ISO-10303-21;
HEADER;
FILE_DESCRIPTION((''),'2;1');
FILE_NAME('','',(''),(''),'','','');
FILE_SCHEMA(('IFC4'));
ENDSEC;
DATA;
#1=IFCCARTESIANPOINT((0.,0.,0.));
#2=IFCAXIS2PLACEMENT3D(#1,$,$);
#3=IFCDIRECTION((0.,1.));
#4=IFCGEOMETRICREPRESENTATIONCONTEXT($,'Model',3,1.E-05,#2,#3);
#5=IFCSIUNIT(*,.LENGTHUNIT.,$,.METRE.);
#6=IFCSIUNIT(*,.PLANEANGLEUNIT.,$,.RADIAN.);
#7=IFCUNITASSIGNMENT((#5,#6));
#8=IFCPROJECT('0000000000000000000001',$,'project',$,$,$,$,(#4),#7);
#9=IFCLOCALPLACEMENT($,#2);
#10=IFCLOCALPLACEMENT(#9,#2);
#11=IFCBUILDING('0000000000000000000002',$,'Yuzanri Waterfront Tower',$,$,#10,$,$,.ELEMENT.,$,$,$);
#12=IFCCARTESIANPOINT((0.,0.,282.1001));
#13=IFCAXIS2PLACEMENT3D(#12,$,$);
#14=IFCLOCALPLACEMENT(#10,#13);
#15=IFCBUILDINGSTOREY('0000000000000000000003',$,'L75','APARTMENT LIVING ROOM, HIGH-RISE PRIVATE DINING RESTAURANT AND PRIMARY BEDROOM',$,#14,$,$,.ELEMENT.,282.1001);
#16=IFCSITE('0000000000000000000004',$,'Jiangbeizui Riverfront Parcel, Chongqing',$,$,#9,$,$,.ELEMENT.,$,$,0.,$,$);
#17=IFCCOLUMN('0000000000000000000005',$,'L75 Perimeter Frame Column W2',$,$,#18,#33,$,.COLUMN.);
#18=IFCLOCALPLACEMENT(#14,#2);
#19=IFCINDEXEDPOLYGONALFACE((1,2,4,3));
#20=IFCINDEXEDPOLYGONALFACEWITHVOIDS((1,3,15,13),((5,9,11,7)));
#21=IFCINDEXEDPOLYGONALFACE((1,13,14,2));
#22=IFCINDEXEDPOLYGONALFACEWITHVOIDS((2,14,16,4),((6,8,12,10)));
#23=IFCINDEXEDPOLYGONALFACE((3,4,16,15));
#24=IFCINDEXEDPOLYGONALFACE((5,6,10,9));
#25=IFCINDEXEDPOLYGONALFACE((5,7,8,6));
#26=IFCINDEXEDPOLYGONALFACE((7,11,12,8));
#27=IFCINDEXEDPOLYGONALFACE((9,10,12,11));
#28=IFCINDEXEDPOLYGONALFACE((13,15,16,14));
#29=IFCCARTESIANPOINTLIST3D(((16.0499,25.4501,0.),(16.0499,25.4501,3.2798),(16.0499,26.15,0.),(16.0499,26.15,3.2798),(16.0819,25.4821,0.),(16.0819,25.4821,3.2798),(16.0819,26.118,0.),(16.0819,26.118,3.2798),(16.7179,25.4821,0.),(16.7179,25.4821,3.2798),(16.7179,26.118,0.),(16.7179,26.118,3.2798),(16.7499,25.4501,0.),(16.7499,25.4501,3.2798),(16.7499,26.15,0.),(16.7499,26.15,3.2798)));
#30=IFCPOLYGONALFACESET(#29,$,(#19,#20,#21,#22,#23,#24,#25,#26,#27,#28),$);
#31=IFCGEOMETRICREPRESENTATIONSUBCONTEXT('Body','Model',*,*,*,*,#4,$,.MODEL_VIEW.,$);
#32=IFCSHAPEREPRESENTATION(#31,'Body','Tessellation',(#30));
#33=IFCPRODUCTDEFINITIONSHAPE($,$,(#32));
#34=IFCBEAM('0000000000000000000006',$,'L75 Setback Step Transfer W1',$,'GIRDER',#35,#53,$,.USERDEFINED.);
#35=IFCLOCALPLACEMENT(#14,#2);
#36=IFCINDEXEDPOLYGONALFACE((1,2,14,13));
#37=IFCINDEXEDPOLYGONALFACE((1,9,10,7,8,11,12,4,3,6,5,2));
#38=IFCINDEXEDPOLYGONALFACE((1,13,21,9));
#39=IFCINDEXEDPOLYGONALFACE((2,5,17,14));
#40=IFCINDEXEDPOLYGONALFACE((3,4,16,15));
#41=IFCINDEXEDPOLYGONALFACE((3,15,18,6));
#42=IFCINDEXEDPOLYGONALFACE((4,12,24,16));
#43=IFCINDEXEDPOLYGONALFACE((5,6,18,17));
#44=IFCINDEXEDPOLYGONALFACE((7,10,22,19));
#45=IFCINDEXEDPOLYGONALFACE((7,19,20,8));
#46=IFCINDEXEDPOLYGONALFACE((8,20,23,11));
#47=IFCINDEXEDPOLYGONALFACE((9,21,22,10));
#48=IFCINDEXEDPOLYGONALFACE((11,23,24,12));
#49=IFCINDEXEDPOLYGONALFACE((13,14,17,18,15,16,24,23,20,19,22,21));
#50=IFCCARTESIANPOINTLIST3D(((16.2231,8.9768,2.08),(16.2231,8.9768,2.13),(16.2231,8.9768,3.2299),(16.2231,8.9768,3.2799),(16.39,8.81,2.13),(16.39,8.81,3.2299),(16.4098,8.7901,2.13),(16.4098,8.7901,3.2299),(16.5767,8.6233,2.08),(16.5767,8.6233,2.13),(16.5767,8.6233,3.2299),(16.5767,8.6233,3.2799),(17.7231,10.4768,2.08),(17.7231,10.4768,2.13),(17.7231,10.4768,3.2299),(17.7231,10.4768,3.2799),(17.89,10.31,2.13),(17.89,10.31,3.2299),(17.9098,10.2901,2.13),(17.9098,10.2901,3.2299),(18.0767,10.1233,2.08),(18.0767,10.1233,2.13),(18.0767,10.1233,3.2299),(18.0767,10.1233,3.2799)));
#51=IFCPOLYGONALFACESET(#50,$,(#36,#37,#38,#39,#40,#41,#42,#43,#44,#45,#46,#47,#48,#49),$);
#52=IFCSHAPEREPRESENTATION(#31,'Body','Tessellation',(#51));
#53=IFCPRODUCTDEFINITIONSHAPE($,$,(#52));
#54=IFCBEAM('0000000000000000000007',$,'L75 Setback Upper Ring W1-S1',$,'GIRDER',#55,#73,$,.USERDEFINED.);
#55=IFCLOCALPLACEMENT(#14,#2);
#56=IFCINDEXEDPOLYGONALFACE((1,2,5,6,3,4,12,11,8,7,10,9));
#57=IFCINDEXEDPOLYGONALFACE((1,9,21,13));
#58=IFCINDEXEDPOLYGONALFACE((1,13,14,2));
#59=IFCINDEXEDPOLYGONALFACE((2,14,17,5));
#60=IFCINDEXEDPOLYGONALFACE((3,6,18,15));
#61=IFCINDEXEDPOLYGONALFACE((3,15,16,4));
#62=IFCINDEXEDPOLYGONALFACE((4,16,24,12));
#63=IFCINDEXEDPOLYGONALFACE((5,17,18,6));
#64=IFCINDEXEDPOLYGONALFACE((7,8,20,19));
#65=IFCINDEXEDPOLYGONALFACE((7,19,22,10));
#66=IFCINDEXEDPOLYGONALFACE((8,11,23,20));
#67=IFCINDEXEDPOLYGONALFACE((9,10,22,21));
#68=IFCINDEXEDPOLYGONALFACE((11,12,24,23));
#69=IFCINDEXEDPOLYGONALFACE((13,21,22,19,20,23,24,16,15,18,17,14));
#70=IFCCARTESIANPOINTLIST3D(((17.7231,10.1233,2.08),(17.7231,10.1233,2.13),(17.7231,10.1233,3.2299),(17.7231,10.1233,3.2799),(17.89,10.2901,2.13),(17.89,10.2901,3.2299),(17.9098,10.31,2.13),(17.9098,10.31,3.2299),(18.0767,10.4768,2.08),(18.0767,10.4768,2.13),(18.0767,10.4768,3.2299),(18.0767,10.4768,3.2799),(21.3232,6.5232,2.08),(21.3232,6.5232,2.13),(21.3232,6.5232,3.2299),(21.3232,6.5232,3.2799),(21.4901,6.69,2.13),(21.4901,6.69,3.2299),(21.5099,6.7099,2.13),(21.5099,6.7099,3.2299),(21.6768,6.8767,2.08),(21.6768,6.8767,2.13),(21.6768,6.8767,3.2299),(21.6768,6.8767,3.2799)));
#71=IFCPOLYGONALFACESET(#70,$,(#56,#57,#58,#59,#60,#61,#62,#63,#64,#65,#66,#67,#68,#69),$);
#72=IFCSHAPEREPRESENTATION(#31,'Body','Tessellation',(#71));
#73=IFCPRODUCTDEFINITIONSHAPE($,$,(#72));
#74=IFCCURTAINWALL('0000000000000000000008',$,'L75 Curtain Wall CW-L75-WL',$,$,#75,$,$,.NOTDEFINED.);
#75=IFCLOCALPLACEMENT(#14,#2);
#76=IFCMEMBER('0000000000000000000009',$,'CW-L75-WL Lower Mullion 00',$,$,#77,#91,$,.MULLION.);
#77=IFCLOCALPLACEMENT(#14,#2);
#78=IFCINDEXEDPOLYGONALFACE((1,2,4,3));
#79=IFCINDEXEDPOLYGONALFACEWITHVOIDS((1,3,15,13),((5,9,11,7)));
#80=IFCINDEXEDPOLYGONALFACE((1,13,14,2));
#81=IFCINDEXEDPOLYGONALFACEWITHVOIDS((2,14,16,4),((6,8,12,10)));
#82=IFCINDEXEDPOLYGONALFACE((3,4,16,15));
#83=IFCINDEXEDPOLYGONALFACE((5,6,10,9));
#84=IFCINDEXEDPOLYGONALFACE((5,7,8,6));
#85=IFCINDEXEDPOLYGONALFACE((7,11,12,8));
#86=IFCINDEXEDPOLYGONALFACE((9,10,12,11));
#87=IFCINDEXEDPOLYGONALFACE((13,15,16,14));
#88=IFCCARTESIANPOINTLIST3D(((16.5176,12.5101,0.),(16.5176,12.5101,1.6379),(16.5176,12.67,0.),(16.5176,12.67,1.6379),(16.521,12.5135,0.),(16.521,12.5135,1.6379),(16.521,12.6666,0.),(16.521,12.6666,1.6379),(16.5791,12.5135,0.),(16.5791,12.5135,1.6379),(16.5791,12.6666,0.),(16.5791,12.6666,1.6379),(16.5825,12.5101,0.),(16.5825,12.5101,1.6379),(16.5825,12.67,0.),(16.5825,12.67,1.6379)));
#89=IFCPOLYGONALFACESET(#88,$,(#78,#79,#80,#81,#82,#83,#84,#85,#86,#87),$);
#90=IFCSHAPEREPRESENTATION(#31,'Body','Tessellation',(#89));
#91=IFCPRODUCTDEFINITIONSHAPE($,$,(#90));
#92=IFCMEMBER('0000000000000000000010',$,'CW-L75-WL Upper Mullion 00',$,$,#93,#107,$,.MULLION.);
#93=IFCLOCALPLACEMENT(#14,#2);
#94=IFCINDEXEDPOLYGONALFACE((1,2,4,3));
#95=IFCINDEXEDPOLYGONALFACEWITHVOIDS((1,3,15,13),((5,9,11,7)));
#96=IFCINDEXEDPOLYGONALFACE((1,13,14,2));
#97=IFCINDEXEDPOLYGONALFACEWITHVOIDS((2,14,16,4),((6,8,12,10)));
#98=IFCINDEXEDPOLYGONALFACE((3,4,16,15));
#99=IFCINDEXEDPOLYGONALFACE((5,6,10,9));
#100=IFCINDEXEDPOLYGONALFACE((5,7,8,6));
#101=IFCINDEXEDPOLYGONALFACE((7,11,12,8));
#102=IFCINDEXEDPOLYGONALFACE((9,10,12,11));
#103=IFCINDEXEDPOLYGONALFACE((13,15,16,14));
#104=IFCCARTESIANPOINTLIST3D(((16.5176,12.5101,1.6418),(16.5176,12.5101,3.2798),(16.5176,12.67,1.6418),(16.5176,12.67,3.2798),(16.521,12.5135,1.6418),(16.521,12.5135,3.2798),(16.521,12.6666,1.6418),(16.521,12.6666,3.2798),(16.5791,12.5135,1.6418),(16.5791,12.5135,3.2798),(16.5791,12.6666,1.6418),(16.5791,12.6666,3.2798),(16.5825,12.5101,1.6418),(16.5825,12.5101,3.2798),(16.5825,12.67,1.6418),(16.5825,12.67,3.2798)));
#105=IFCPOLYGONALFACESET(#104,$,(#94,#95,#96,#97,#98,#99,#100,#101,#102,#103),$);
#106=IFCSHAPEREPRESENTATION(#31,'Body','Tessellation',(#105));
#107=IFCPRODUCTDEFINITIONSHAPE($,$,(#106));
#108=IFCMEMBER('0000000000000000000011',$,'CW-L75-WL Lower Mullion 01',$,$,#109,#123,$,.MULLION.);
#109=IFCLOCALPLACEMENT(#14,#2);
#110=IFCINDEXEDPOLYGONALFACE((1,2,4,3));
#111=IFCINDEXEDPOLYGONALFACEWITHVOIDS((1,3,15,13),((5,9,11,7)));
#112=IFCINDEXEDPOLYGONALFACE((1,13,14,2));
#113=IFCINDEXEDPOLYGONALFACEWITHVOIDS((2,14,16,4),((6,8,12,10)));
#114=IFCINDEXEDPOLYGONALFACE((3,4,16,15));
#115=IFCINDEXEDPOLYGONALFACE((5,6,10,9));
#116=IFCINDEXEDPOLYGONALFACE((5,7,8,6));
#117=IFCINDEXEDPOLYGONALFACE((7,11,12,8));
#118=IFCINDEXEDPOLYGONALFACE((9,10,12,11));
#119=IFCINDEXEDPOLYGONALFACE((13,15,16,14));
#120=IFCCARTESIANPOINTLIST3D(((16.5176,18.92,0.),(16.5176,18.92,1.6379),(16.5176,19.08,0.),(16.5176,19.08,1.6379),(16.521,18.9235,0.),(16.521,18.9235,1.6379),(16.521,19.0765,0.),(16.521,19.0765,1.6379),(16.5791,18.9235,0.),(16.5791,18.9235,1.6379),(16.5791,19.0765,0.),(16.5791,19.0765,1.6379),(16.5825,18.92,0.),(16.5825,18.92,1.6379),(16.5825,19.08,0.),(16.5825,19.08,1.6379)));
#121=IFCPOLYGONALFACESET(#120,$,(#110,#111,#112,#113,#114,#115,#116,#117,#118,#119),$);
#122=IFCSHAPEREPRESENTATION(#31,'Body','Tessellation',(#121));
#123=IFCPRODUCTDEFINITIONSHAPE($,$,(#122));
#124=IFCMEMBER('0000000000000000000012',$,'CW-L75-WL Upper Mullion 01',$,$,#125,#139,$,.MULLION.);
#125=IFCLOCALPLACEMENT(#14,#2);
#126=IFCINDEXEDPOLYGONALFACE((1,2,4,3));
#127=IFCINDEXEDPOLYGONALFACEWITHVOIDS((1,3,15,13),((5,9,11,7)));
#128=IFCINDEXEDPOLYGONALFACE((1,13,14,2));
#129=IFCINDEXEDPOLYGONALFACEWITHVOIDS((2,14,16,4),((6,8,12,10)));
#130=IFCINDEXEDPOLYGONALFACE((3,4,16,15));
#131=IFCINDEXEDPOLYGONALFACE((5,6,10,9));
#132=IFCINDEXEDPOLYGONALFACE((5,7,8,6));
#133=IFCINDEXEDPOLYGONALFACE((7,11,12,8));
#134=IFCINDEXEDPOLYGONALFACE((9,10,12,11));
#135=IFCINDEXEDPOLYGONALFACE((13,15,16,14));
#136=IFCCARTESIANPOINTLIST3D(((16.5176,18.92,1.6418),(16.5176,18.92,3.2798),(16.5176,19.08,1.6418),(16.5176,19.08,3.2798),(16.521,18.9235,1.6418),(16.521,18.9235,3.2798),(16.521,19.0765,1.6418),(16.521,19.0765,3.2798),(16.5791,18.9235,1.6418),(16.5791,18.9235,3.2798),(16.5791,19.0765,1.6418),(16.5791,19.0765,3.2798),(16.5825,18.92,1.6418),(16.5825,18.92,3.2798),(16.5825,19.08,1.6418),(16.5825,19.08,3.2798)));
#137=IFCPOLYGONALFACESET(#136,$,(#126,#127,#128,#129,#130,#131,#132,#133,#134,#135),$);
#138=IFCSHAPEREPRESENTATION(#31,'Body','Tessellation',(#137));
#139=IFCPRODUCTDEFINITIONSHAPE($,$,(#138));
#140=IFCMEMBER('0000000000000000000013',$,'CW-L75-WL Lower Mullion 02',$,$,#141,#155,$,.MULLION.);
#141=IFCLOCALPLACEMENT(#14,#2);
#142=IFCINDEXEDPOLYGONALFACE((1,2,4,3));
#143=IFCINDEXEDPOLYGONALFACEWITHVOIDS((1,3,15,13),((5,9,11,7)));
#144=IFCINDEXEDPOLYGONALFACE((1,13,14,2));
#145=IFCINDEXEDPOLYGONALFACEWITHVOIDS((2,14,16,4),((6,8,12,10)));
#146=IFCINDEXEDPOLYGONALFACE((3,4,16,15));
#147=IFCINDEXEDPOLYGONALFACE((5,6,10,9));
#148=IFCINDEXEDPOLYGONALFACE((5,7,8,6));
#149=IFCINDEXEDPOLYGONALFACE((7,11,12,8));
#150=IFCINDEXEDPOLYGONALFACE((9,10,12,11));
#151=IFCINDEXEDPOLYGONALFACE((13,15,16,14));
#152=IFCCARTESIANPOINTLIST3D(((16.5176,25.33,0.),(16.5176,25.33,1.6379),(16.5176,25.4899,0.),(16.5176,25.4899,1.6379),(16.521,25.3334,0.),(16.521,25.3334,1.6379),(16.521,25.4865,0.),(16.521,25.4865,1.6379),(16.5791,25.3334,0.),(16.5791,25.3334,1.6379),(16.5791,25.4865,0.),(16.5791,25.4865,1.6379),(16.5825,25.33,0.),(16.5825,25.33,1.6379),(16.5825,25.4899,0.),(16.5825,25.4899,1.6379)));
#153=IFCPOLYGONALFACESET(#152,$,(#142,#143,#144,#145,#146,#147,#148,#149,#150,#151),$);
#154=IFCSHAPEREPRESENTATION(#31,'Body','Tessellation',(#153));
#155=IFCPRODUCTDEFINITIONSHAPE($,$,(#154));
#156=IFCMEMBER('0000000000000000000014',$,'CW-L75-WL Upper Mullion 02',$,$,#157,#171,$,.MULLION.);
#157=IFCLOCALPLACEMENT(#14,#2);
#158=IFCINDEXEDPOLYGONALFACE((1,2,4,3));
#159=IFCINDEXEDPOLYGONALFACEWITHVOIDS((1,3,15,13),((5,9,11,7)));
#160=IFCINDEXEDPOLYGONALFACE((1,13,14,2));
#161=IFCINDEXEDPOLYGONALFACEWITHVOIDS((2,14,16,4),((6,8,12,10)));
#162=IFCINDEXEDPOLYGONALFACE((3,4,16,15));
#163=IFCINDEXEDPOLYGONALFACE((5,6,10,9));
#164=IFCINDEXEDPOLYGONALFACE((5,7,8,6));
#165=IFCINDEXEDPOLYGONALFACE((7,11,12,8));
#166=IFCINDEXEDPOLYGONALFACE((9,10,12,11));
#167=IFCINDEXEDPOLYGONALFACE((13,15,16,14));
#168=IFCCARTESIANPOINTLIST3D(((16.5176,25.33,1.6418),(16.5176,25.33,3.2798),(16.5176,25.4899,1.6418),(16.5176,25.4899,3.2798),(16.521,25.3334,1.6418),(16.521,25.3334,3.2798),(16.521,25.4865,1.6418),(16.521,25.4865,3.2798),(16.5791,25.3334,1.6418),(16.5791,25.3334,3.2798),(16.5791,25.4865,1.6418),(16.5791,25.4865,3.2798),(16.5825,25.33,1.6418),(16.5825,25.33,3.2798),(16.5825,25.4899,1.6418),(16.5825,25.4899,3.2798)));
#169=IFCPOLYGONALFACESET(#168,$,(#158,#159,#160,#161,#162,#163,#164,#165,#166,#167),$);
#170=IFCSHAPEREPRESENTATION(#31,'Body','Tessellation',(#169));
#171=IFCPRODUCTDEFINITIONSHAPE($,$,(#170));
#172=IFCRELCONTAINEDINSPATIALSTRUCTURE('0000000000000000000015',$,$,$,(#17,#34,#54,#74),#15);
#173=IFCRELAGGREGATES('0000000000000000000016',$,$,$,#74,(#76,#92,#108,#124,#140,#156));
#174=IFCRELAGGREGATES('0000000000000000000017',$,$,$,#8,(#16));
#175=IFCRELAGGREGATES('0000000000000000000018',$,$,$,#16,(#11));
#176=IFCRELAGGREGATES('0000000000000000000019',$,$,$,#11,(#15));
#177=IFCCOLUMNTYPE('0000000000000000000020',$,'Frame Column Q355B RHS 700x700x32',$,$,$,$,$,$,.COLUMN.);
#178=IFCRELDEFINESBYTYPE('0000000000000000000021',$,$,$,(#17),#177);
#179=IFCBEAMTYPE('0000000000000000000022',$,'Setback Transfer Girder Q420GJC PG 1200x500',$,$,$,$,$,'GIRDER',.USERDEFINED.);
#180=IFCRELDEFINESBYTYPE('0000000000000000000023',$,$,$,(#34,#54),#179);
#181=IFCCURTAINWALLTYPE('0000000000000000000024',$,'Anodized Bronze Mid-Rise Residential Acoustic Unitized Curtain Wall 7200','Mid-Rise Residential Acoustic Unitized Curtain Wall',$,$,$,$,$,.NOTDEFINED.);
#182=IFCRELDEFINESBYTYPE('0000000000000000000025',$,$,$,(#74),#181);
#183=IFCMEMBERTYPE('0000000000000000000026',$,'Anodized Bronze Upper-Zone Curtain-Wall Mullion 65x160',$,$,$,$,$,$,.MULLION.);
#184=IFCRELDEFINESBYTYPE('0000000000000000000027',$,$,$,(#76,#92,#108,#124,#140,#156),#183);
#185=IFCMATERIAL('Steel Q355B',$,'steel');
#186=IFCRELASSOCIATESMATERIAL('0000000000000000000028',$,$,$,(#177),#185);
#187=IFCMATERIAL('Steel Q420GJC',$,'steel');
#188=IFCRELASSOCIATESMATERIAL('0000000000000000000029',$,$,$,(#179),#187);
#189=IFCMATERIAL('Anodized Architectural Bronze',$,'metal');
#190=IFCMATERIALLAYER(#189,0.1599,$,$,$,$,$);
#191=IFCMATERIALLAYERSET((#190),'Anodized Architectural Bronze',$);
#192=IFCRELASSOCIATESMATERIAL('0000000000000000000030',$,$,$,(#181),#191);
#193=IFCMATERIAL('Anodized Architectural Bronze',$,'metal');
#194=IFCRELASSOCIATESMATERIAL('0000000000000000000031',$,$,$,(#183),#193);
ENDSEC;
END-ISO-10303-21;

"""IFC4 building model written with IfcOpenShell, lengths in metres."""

from ifc_helpers import new_model, si_unit, direction, frame, origin, origin_2d, place, context, subcontext, project, spatial, hollow_rectangle, i_section, extrude, source, transform, mapped, material, layer, layer_set, material_profile, profile_set, type_object, element, aggregate, save


model = new_model("IFC4")

# Units and contexts
model_context = context("Model", 3, precision=1e-05, world=origin(), true_north=direction((0.0, 1.0)))
body_context = subcontext(model_context, "Body", "Model", "MODEL_VIEW")
ifc_project = project(units=[si_unit("LENGTHUNIT", "METRE"), si_unit("PLANEANGLEUNIT", "RADIAN")], contexts=[model_context])

# Site, building, storey
site_placement = place(None, origin())
site = spatial("IfcSite", under=ifc_project, at=site_placement, Name="Jiangbeizui Riverfront Parcel, Chongqing", CompositionType="ELEMENT", RefElevation=0.0)
building_placement = place(site_placement, origin())
building = spatial("IfcBuilding", under=site, at=building_placement, Name="Yuzanri Waterfront Tower", CompositionType="ELEMENT")
storey_placement = place(building_placement, frame((0.0, 0.0, 282.1001)))
storey = spatial("IfcBuildingStorey", under=building, at=storey_placement, Name="L75", Description="APARTMENT LIVING ROOM, HIGH-RISE PRIVATE DINING RESTAURANT AND PRIMARY BEDROOM", CompositionType="ELEMENT", Elevation=282.1001)

# Column
ifc_material_1 = material(Name="Steel Q355B", Category="steel")
ifc_material_profile_1 = material_profile(ifc_material_1, hollow_rectangle(XDim=0.7, YDim=0.7, WallThickness=0.032, at=origin_2d()), Name="RHS 700x700x32")
ifc_profile_set_1 = profile_set([ifc_material_profile_1], Name="Steel Q355B")
column_type = type_object("IfcColumnType", Name="Frame Column Q355B RHS 700x700x32", PredefinedType="COLUMN", material=ifc_profile_set_1)
shared_shape_1 = source(origin(), body_context, "Body", "SweptSolid", [
    extrude(hollow_rectangle(XDim=0.7, YDim=0.7, WallThickness=0.032, at=origin_2d()), origin(), (0.0, 0.0, 1.0), 3.2798),
])
column_placement = place(storey_placement, frame((16.3999, 25.8, 0.0), z_axis=(0.0, 0.0, 1.0), x_axis=(1.0, 0.0, 0.0)))
element("IfcColumn", 1, at=column_placement, inside=storey, type_object=column_type, Name="L75 Perimeter Frame Column W2", PredefinedType="COLUMN", context=body_context, shape_type="MappedRepresentation", body=[
    mapped(shared_shape_1, transform((0.0, 0.0, 0.0), scale=1.0)),
])

# Beams
ifc_material_2 = material(Name="Steel Q420GJC", Category="steel")
ifc_material_profile_2 = material_profile(ifc_material_2, i_section(OverallWidth=0.5, OverallDepth=1.2, WebThickness=0.0281, FlangeThickness=0.05, at=origin_2d()), Name="PG 1200x500x28x50")
ifc_profile_set_2 = profile_set([ifc_material_profile_2], Name="Steel Q420GJC")
beam_type = type_object("IfcBeamType", Name="Setback Transfer Girder Q420GJC PG 1200x500", ElementType="GIRDER", PredefinedType="USERDEFINED", material=ifc_profile_set_2)
shared_shape_2 = source(origin(), body_context, "Body", "SweptSolid", [
    extrude(i_section(OverallWidth=0.5, OverallDepth=1.2, WebThickness=0.0281, FlangeThickness=0.05, at=origin_2d()), origin(), (0.0, 0.0, 1.0), 2.1213),
])
beam_1_placement = place(storey_placement, frame((17.8999, 10.3, 2.6799), z_axis=(-0.707107, -0.707107, 0.0), x_axis=(0.707107, -0.707107, 0.0)))
element("IfcBeam", 2, at=beam_1_placement, inside=storey, type_object=beam_type, Name="L75 Setback Step Transfer W1", ObjectType="GIRDER", PredefinedType="USERDEFINED", context=body_context, shape_type="MappedRepresentation", body=[
    mapped(shared_shape_2, transform((0.0, 0.0, 0.0), scale=1.0)),
])
shared_shape_3 = source(origin(), body_context, "Body", "SweptSolid", [
    extrude(i_section(OverallWidth=0.5, OverallDepth=1.2, WebThickness=0.0281, FlangeThickness=0.05, at=origin_2d()), origin(), (0.0, 0.0, 1.0), 5.0913),
])
beam_2_placement = place(storey_placement, frame((17.8999, 10.3, 2.6799), z_axis=(0.707107, -0.707107, 0.0), x_axis=(0.707107, 0.707107, 0.0)))
element("IfcBeam", 3, at=beam_2_placement, inside=storey, type_object=beam_type, Name="L75 Setback Upper Ring W1-S1", ObjectType="GIRDER", PredefinedType="USERDEFINED", context=body_context, shape_type="MappedRepresentation", body=[
    mapped(shared_shape_3, transform((0.0, 0.0, 0.0), scale=1.0)),
])

# Curtain wall, members
ifc_material_3 = material(Name="Anodized Architectural Bronze", Category="metal")
ifc_layer_1 = layer(ifc_material_3, 0.1599)
ifc_layer_set_1 = layer_set([ifc_layer_1], Name="Anodized Architectural Bronze")
curtain_wall_type = type_object("IfcCurtainWallType", Name="Anodized Bronze Mid-Rise Residential Acoustic Unitized Curtain Wall 7200", Description="Mid-Rise Residential Acoustic Unitized Curtain Wall", PredefinedType="NOTDEFINED", material=ifc_layer_set_1)
curtain_wall_placement = place(storey_placement, origin())
curtain_wall = element("IfcCurtainWall", 4, at=curtain_wall_placement, inside=storey, type_object=curtain_wall_type, Name="L75 Curtain Wall CW-L75-WL", PredefinedType="NOTDEFINED")
ifc_material_4 = material(Name="Anodized Architectural Bronze", Category="metal")
ifc_material_profile_3 = material_profile(ifc_material_4, hollow_rectangle(XDim=0.0649, YDim=0.1599, WallThickness=0.0034, at=origin_2d()), Name="CWM 65x160")
ifc_profile_set_3 = profile_set([ifc_material_profile_3], Name="Anodized Architectural Bronze")
member_type_1 = type_object("IfcMemberType", Name="Anodized Bronze Upper-Zone Curtain-Wall Mullion 65x160", PredefinedType="MULLION", material=ifc_profile_set_3)
shared_shape_4 = source(origin(), body_context, "Body", "SweptSolid", [
    extrude(hollow_rectangle(XDim=0.0649, YDim=0.1599, WallThickness=0.0034, at=origin_2d()), origin(), (0.0, 0.0, 1.0), 1.6379),
])
member_1_placement = place(storey_placement, frame((16.55, 12.5901, 0.0), z_axis=(0.0, 0.0, 1.0), x_axis=(1.0, 0.0, 0.0)))
member_1 = element("IfcMember", 5, at=member_1_placement, type_object=member_type_1, Name="CW-L75-WL Lower Mullion 00", PredefinedType="MULLION", context=body_context, shape_type="MappedRepresentation", body=[
    mapped(shared_shape_4, transform((0.0, 0.0, 0.0), scale=1.0)),
])
member_2_placement = place(storey_placement, frame((16.55, 12.5901, 1.6418), z_axis=(0.0, 0.0, 1.0), x_axis=(1.0, 0.0, 0.0)))
member_2 = element("IfcMember", 6, at=member_2_placement, type_object=member_type_1, Name="CW-L75-WL Upper Mullion 00", PredefinedType="MULLION", context=body_context, shape_type="MappedRepresentation", body=[
    mapped(shared_shape_4, transform((0.0, 0.0, 0.0), scale=1.0)),
])
member_3_placement = place(storey_placement, frame((16.55, 19.0, 0.0), z_axis=(0.0, 0.0, 1.0), x_axis=(1.0, 0.0, 0.0)))
member_3 = element("IfcMember", 7, at=member_3_placement, type_object=member_type_1, Name="CW-L75-WL Lower Mullion 01", PredefinedType="MULLION", context=body_context, shape_type="MappedRepresentation", body=[
    mapped(shared_shape_4, transform((0.0, 0.0, 0.0), scale=1.0)),
])
member_4_placement = place(storey_placement, frame((16.55, 19.0, 1.6418), z_axis=(0.0, 0.0, 1.0), x_axis=(1.0, 0.0, 0.0)))
member_4 = element("IfcMember", 8, at=member_4_placement, type_object=member_type_1, Name="CW-L75-WL Upper Mullion 01", PredefinedType="MULLION", context=body_context, shape_type="MappedRepresentation", body=[
    mapped(shared_shape_4, transform((0.0, 0.0, 0.0), scale=1.0)),
])
member_5_placement = place(storey_placement, frame((16.55, 25.4099, 0.0), z_axis=(0.0, 0.0, 1.0), x_axis=(1.0, 0.0, 0.0)))
member_5 = element("IfcMember", 9, at=member_5_placement, type_object=member_type_1, Name="CW-L75-WL Lower Mullion 02", PredefinedType="MULLION", context=body_context, shape_type="MappedRepresentation", body=[
    mapped(shared_shape_4, transform((0.0, 0.0, 0.0), scale=1.0)),
])
member_6_placement = place(storey_placement, frame((16.55, 25.4099, 1.6418), z_axis=(0.0, 0.0, 1.0), x_axis=(1.0, 0.0, 0.0)))
member_6 = element("IfcMember", 10, at=member_6_placement, type_object=member_type_1, Name="CW-L75-WL Upper Mullion 02", PredefinedType="MULLION", context=body_context, shape_type="MappedRepresentation", body=[
    mapped(shared_shape_4, transform((0.0, 0.0, 0.0), scale=1.0)),
])

aggregate(curtain_wall, [member_1, member_2, member_3, member_4, member_5, member_6])

save(model, "model.ifc")
